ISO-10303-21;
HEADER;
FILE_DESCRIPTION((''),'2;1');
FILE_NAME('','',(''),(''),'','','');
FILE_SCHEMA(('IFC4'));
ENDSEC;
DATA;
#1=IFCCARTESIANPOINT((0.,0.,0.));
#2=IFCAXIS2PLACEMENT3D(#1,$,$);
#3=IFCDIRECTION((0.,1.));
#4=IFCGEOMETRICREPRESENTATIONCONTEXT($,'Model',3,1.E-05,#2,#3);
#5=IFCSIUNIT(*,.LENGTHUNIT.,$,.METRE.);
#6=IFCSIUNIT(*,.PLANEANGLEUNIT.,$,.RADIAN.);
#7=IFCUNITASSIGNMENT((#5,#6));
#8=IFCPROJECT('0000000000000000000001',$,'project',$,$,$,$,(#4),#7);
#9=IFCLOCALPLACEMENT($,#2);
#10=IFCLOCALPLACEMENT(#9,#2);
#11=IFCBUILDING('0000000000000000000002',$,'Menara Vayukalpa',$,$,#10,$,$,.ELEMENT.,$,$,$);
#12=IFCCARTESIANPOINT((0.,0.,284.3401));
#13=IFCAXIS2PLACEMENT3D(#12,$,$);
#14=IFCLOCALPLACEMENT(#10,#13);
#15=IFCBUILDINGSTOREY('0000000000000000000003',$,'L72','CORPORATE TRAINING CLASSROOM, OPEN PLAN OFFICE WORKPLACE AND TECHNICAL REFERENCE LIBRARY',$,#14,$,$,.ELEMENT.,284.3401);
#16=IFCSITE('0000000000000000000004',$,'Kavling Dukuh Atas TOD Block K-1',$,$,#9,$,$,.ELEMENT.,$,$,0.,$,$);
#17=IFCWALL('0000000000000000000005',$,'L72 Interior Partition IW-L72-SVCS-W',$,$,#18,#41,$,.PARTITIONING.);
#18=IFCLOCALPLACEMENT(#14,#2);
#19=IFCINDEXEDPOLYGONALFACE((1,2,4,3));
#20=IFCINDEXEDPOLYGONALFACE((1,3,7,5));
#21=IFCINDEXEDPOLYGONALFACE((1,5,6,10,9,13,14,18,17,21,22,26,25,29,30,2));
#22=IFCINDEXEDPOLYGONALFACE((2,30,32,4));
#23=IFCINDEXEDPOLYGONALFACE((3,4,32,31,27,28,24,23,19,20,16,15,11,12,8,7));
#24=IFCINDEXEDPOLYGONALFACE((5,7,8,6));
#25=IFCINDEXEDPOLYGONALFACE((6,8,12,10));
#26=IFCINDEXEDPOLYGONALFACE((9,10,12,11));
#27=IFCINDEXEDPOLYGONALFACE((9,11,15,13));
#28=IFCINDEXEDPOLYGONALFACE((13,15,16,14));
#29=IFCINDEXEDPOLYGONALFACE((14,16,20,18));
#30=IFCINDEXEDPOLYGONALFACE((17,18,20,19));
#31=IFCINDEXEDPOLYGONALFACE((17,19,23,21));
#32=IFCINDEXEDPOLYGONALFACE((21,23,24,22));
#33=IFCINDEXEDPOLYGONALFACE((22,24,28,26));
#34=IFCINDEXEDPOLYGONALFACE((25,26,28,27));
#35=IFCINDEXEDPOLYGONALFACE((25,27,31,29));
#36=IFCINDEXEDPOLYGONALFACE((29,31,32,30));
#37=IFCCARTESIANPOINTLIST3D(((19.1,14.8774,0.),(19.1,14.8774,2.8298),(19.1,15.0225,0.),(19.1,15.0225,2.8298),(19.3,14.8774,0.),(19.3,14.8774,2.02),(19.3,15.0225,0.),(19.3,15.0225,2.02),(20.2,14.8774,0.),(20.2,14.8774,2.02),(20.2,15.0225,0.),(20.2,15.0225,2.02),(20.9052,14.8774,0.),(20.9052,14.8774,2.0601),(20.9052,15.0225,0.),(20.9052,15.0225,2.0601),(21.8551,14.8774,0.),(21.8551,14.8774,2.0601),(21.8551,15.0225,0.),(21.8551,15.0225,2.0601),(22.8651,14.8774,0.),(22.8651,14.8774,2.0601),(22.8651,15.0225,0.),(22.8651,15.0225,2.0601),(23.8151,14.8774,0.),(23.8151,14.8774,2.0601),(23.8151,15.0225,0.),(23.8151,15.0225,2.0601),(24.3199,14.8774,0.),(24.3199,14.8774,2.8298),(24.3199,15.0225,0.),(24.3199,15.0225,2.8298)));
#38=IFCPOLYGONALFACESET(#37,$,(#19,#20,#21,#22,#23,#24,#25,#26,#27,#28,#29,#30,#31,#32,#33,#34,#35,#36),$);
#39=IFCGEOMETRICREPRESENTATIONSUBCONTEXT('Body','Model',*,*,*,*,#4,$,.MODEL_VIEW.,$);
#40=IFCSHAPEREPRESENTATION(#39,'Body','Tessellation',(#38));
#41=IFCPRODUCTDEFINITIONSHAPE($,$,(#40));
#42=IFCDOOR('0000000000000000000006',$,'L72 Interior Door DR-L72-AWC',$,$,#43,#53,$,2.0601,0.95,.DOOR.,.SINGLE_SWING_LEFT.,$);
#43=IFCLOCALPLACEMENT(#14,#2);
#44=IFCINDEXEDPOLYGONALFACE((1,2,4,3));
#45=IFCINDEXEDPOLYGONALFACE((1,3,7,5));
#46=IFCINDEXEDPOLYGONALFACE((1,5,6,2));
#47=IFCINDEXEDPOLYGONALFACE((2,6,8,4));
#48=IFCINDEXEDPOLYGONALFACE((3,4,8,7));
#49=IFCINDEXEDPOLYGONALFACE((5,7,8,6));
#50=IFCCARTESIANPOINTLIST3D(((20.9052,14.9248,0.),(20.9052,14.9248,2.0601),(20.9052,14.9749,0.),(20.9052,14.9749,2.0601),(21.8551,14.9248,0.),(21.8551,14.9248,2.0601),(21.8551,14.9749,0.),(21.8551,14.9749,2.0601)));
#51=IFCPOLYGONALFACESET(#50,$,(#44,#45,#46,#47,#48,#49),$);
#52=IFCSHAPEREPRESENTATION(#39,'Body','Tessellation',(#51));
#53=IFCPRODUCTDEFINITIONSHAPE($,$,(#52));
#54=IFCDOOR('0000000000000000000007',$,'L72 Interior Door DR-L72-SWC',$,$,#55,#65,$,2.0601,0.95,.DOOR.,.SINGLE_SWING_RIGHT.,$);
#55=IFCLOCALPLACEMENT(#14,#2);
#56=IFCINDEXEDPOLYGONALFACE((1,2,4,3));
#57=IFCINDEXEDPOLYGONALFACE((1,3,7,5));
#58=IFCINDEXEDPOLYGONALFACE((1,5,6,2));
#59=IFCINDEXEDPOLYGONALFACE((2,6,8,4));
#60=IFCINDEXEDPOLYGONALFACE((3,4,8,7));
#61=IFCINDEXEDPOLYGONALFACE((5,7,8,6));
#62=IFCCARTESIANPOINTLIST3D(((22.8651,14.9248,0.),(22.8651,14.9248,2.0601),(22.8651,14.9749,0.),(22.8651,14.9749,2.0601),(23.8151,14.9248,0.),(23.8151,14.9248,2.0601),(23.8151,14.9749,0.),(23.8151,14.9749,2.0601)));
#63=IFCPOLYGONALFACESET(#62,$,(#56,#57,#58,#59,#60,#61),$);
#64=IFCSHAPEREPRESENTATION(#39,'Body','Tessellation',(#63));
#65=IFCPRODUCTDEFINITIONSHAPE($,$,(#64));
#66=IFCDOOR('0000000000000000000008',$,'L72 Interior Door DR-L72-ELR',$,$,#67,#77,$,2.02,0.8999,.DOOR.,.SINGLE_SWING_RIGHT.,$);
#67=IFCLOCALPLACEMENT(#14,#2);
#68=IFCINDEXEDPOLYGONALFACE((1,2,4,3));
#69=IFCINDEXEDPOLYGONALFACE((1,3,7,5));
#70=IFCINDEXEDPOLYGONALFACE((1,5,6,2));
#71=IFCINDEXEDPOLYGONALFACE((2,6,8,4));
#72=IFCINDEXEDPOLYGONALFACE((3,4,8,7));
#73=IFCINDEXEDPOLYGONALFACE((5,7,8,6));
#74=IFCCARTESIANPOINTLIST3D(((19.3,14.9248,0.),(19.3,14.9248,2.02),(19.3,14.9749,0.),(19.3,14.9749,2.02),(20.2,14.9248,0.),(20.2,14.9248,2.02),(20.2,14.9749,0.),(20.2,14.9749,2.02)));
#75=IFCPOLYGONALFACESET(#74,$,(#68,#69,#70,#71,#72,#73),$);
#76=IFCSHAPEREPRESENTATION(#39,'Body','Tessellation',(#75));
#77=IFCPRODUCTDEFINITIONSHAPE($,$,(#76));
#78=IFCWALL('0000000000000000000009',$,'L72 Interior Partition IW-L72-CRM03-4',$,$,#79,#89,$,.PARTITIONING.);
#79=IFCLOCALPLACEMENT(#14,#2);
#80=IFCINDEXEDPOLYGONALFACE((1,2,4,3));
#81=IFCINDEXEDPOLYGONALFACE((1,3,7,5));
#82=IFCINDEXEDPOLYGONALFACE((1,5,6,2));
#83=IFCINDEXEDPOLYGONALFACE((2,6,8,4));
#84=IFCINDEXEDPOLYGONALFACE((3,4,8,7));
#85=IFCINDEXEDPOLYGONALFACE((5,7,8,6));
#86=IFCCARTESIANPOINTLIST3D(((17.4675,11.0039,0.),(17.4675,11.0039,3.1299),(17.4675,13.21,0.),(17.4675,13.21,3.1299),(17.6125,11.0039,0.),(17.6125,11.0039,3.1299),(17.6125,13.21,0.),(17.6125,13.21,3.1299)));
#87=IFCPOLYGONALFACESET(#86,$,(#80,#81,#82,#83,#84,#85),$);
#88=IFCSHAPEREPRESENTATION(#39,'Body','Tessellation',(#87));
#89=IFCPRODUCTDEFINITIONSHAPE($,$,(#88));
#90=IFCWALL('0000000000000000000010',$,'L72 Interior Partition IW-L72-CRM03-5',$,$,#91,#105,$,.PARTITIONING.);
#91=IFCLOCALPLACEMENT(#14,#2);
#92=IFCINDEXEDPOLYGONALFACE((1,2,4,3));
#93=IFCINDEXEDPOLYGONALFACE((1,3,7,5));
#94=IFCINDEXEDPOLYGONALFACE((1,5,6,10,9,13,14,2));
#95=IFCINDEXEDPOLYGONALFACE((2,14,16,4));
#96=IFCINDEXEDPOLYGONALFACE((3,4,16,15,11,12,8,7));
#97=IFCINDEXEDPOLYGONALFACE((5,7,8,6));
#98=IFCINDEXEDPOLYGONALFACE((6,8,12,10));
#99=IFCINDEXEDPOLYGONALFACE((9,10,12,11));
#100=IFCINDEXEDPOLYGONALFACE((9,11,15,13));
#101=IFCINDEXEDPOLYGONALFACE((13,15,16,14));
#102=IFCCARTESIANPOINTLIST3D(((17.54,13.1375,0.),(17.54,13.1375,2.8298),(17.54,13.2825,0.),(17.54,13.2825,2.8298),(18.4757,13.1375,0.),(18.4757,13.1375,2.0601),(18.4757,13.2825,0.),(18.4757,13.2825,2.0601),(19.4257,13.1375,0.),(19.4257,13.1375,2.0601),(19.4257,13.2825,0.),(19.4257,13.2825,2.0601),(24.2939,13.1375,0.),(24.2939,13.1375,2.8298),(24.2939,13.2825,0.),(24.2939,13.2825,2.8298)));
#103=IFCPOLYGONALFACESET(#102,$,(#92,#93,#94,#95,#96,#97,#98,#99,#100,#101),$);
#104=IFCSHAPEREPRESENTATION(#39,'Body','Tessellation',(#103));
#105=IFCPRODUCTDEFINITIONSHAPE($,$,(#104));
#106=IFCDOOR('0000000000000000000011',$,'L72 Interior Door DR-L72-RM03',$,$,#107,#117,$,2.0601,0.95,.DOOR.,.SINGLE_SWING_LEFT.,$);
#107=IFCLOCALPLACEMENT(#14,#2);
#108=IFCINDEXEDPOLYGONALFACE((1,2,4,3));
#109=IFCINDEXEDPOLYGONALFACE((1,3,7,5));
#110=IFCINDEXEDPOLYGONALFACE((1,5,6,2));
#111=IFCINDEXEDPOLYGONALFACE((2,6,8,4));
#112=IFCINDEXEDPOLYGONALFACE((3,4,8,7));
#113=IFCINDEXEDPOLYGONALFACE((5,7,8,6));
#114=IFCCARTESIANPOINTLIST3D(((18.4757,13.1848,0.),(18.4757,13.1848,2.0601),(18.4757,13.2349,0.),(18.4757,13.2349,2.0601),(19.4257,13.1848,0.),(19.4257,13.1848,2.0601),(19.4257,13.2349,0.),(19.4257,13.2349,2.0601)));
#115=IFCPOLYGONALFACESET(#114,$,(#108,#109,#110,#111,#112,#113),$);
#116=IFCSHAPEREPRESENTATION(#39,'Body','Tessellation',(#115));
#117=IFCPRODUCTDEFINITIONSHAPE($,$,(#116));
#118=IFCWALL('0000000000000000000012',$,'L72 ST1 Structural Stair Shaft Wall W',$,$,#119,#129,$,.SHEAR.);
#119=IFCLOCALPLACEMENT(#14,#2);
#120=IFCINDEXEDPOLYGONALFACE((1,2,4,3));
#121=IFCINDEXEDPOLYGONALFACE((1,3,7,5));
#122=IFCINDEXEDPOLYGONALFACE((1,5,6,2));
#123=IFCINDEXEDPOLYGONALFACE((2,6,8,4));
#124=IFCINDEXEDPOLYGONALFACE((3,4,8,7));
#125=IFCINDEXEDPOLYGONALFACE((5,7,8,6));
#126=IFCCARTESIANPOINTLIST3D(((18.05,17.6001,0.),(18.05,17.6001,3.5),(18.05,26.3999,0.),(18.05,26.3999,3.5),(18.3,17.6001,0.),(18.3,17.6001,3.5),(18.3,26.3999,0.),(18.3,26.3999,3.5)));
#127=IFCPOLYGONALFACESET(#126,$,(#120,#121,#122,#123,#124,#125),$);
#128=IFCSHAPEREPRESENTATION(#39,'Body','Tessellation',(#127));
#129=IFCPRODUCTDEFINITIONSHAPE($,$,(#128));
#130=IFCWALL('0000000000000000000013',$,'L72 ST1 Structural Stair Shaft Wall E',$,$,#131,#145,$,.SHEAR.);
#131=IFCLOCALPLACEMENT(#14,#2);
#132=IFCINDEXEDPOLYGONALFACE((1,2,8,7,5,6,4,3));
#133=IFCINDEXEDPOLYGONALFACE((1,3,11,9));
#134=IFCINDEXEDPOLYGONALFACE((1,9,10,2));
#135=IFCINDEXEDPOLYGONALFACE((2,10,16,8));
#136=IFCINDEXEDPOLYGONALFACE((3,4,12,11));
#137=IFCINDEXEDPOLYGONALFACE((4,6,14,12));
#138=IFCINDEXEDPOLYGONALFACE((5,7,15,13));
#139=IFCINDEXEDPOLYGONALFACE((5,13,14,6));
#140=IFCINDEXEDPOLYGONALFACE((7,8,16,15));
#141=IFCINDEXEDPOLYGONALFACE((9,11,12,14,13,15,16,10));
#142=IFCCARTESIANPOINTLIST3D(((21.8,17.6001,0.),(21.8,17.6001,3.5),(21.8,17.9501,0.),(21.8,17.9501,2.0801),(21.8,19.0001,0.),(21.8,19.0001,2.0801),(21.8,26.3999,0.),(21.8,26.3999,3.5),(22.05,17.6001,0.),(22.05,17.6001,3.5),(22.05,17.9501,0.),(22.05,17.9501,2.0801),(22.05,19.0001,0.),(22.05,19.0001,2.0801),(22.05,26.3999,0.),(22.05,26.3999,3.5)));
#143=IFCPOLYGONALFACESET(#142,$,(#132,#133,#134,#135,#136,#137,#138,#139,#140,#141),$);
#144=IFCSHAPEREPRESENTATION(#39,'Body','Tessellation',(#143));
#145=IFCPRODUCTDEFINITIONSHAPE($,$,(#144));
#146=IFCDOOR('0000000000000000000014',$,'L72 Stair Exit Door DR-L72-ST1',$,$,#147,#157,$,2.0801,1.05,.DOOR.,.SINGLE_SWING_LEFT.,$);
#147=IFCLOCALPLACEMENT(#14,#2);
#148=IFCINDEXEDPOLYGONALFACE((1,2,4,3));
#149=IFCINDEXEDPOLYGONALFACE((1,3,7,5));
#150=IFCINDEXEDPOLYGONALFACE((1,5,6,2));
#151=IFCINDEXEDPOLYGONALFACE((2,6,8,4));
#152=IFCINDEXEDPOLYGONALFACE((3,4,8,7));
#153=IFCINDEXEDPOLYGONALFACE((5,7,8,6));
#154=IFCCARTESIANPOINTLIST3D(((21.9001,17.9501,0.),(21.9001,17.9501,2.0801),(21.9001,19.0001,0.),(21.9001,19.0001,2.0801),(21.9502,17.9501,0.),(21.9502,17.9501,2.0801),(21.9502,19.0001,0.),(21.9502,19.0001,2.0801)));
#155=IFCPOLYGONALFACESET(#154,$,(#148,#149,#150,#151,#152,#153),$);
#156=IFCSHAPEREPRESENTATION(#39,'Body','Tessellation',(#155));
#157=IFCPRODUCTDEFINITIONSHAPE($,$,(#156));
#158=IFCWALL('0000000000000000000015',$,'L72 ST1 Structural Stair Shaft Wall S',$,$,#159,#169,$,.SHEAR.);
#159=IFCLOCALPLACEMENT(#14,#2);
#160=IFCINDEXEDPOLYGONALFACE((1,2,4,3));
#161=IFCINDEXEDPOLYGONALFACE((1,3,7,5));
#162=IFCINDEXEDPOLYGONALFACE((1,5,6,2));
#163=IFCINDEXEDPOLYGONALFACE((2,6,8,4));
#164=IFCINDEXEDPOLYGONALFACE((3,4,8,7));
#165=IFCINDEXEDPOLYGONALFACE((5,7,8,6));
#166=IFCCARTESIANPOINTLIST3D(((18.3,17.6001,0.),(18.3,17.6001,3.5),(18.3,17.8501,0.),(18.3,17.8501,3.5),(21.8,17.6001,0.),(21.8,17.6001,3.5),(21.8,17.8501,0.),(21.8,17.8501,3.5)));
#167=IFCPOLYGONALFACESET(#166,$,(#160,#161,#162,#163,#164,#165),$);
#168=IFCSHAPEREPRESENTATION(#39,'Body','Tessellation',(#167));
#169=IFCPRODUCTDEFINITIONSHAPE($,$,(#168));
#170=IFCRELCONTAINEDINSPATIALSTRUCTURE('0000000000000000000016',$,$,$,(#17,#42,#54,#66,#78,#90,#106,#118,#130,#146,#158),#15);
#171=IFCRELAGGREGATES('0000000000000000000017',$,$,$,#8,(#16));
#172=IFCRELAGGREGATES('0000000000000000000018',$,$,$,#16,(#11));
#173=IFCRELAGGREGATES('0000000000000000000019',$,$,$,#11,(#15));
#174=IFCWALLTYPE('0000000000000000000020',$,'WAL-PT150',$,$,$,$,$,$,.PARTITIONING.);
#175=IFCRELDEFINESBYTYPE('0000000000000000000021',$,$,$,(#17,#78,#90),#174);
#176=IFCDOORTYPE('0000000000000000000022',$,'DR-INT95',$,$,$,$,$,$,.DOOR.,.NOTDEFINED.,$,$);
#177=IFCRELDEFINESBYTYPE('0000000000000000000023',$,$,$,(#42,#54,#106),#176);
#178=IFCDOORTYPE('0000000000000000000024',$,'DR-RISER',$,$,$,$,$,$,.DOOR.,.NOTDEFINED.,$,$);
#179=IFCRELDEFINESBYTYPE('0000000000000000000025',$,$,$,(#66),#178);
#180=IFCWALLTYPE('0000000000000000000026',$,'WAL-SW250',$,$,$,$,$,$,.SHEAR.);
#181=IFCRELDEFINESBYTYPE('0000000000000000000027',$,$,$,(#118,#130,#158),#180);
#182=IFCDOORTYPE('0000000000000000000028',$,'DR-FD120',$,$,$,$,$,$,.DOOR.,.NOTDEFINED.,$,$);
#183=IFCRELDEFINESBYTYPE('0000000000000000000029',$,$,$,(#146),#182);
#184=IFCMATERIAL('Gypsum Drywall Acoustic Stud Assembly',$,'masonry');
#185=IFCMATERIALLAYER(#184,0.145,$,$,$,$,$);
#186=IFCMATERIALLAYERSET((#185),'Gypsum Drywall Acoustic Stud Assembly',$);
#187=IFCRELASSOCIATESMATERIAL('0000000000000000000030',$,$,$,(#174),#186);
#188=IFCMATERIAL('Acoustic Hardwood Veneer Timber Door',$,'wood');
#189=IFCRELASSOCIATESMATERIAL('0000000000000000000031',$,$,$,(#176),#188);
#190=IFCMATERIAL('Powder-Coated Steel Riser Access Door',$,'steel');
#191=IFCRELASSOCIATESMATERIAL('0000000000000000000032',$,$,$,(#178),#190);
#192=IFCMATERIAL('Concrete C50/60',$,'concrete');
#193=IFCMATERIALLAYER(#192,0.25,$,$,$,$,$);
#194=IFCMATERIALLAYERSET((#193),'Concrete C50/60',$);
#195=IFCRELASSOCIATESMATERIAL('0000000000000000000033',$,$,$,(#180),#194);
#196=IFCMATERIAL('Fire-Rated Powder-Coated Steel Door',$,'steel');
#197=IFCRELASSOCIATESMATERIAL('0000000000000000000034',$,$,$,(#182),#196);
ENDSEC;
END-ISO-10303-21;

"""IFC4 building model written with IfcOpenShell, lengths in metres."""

from ifc_helpers import new_model, si_unit, direction, frame, frame_2d, origin, place, context, subcontext, project, spatial, rectangle, extrude, material, layer, layer_set, type_object, element, fill, save


model = new_model("IFC4")

# Units and contexts
model_context = context("Model", 3, precision=1e-05, world=origin(), true_north=direction((0.0, 1.0)))
body_context = subcontext(model_context, "Body", "Model", "MODEL_VIEW")
ifc_project = project(units=[si_unit("LENGTHUNIT", "METRE"), si_unit("PLANEANGLEUNIT", "RADIAN")], contexts=[model_context])

# Site, building, storey
site_placement = place(None, origin())
site = spatial("IfcSite", under=ifc_project, at=site_placement, Name="Kavling Dukuh Atas TOD Block K-1", CompositionType="ELEMENT", RefElevation=0.0)
building_placement = place(site_placement, origin())
building = spatial("IfcBuilding", under=site, at=building_placement, Name="Menara Vayukalpa", CompositionType="ELEMENT")
storey_placement = place(building_placement, frame((0.0, 0.0, 284.3401)))
storey = spatial("IfcBuildingStorey", under=building, at=storey_placement, Name="L72", Description="CORPORATE TRAINING CLASSROOM, OPEN PLAN OFFICE WORKPLACE AND TECHNICAL REFERENCE LIBRARY", CompositionType="ELEMENT", Elevation=284.3401)

# Wall, openings, doors
ifc_material_1 = material(Name="Gypsum Drywall Acoustic Stud Assembly", Category="masonry")
ifc_layer_1 = layer(ifc_material_1, 0.145)
ifc_layer_set_1 = layer_set([ifc_layer_1], Name="Gypsum Drywall Acoustic Stud Assembly")
wall_type_1 = type_object("IfcWallType", Name="WAL-PT150", PredefinedType="PARTITIONING", material=ifc_layer_set_1)
wall_1_placement = place(storey_placement, frame((19.1001, 14.95, 0.0), z_axis=(0.0, 0.0, 1.0), x_axis=(1.0, 0.0, 0.0)))
wall_1 = element("IfcWall", 1, at=wall_1_placement, inside=storey, type_object=wall_type_1, Name="L72 Interior Partition IW-L72-SVCS-W", PredefinedType="PARTITIONING", context=body_context, shape_type="SweptSolid", body=[
    extrude(rectangle(XDim=5.22, YDim=0.145, at=frame_2d((2.6099, 0.0))), origin(), (0.0, 0.0, 1.0), 2.8298),
])
opening_1_placement = place(wall_1_placement, frame((0.2, 0.0, 0.0)))
opening_1 = element("IfcOpeningElement", 2, at=opening_1_placement, cuts=wall_1, PredefinedType="OPENING", context=body_context, shape_type="SweptSolid", body=[
    extrude(rectangle(XDim=0.8999, YDim=2.02, at=frame_2d((0.45, 1.01))), frame((0.0, 0.0825, 0.0), z_axis=(0.0, -1.0, 0.0), x_axis=(1.0, 0.0, 0.0)), (0.0, 0.0, 1.0), 0.165),
])
opening_2_placement = place(wall_1_placement, frame((1.8049, 0.0, 0.0)))
opening_2 = element("IfcOpeningElement", 3, at=opening_2_placement, cuts=wall_1, PredefinedType="OPENING", context=body_context, shape_type="SweptSolid", body=[
    extrude(rectangle(XDim=0.95, YDim=2.0601, at=frame_2d((0.4751, 1.03))), frame((0.0, 0.0825, 0.0), z_axis=(0.0, -1.0, 0.0), x_axis=(1.0, 0.0, 0.0)), (0.0, 0.0, 1.0), 0.165),
])
opening_3_placement = place(wall_1_placement, frame((3.7649, 0.0, 0.0)))
opening_3 = element("IfcOpeningElement", 4, at=opening_3_placement, cuts=wall_1, PredefinedType="OPENING", context=body_context, shape_type="SweptSolid", body=[
    extrude(rectangle(XDim=0.95, YDim=2.0601, at=frame_2d((0.4751, 1.03))), frame((0.0, 0.0825, 0.0), z_axis=(0.0, -1.0, 0.0), x_axis=(1.0, 0.0, 0.0)), (0.0, 0.0, 1.0), 0.165),
])
ifc_material_2 = material(Name="Acoustic Hardwood Veneer Timber Door", Category="wood")
door_type_1 = type_object("IfcDoorType", Name="DR-INT95", OperationType="NOTDEFINED", PredefinedType="DOOR", material=ifc_material_2)
door_1_placement = place(opening_2_placement, origin())
door_1 = element("IfcDoor", 5, at=door_1_placement, inside=storey, type_object=door_type_1, Name="L72 Interior Door DR-L72-AWC", OperationType="SINGLE_SWING_LEFT", OverallHeight=2.0601, OverallWidth=0.95, PredefinedType="DOOR", context=body_context, shape_type="SweptSolid", body=[
    extrude(rectangle(XDim=0.95, YDim=2.0601, at=frame_2d((0.4751, 1.03))), frame((0.0, 0.0249, 0.0), z_axis=(0.0, -1.0, 0.0), x_axis=(1.0, 0.0, 0.0)), (0.0, 0.0, 1.0), 0.05),
])
fill(opening_2, door_1)
door_2_placement = place(opening_3_placement, origin())
door_2 = element("IfcDoor", 6, at=door_2_placement, inside=storey, type_object=door_type_1, Name="L72 Interior Door DR-L72-SWC", OperationType="SINGLE_SWING_RIGHT", OverallHeight=2.0601, OverallWidth=0.95, PredefinedType="DOOR", context=body_context, shape_type="SweptSolid", body=[
    extrude(rectangle(XDim=0.95, YDim=2.0601, at=frame_2d((0.4751, 1.03))), frame((0.0, 0.0249, 0.0), z_axis=(0.0, -1.0, 0.0), x_axis=(1.0, 0.0, 0.0)), (0.0, 0.0, 1.0), 0.05),
])
fill(opening_3, door_2)
ifc_material_3 = material(Name="Powder-Coated Steel Riser Access Door", Category="steel")
door_type_2 = type_object("IfcDoorType", Name="DR-RISER", OperationType="NOTDEFINED", PredefinedType="DOOR", material=ifc_material_3)
door_3_placement = place(opening_1_placement, origin())
door_3 = element("IfcDoor", 7, at=door_3_placement, inside=storey, type_object=door_type_2, Name="L72 Interior Door DR-L72-ELR", OperationType="SINGLE_SWING_RIGHT", OverallHeight=2.02, OverallWidth=0.8999, PredefinedType="DOOR", context=body_context, shape_type="SweptSolid", body=[
    extrude(rectangle(XDim=0.8999, YDim=2.02, at=frame_2d((0.45, 1.01))), frame((0.0, 0.0249, 0.0), z_axis=(0.0, -1.0, 0.0), x_axis=(1.0, 0.0, 0.0)), (0.0, 0.0, 1.0), 0.05),
])
fill(opening_1, door_3)

# Wall
wall_2_placement = place(storey_placement, frame((17.54, 11.0039, 0.0), z_axis=(0.0, 0.0, 1.0), x_axis=(0.0, 1.0, 0.0)))
element("IfcWall", 8, at=wall_2_placement, inside=storey, type_object=wall_type_1, Name="L72 Interior Partition IW-L72-CRM03-4", PredefinedType="PARTITIONING", context=body_context, shape_type="SweptSolid", body=[
    extrude(rectangle(XDim=2.2061, YDim=0.145, at=frame_2d((1.103, 0.0))), origin(), (0.0, 0.0, 1.0), 3.1299),
])

# Wall, opening, door
wall_3_placement = place(storey_placement, frame((17.54, 13.21, 0.0), z_axis=(0.0, 0.0, 1.0), x_axis=(1.0, 0.0, 0.0)))
wall_3 = element("IfcWall", 9, at=wall_3_placement, inside=storey, type_object=wall_type_1, Name="L72 Interior Partition IW-L72-CRM03-5", PredefinedType="PARTITIONING", context=body_context, shape_type="SweptSolid", body=[
    extrude(rectangle(XDim=6.7539, YDim=0.145, at=frame_2d((3.377, 0.0))), origin(), (0.0, 0.0, 1.0), 2.8298),
])
opening_4_placement = place(wall_3_placement, frame((0.9355, 0.0, 0.0)))
opening_4 = element("IfcOpeningElement", 10, at=opening_4_placement, cuts=wall_3, PredefinedType="OPENING", context=body_context, shape_type="SweptSolid", body=[
    extrude(rectangle(XDim=0.95, YDim=2.0601, at=frame_2d((0.4751, 1.03))), frame((0.0, 0.0825, 0.0), z_axis=(0.0, -1.0, 0.0), x_axis=(1.0, 0.0, 0.0)), (0.0, 0.0, 1.0), 0.165),
])
door_4_placement = place(opening_4_placement, origin())
door_4 = element("IfcDoor", 11, at=door_4_placement, inside=storey, type_object=door_type_1, Name="L72 Interior Door DR-L72-RM03", OperationType="SINGLE_SWING_LEFT", OverallHeight=2.0601, OverallWidth=0.95, PredefinedType="DOOR", context=body_context, shape_type="SweptSolid", body=[
    extrude(rectangle(XDim=0.95, YDim=2.0601, at=frame_2d((0.4751, 1.03))), frame((0.0, 0.0249, 0.0), z_axis=(0.0, -1.0, 0.0), x_axis=(1.0, 0.0, 0.0)), (0.0, 0.0, 1.0), 0.05),
])
fill(opening_4, door_4)

# Wall
ifc_material_4 = material(Name="Concrete C50/60", Category="concrete")
ifc_layer_2 = layer(ifc_material_4, 0.25)
ifc_layer_set_2 = layer_set([ifc_layer_2], Name="Concrete C50/60")
wall_type_2 = type_object("IfcWallType", Name="WAL-SW250", PredefinedType="SHEAR", material=ifc_layer_set_2)
wall_4_placement = place(storey_placement, frame((18.175, 17.6001, 0.0), z_axis=(0.0, 0.0, 1.0), x_axis=(0.0, 1.0, 0.0)))
element("IfcWall", 12, at=wall_4_placement, inside=storey, type_object=wall_type_2, Name="L72 ST1 Structural Stair Shaft Wall W", PredefinedType="SHEAR", context=body_context, shape_type="SweptSolid", body=[
    extrude(rectangle(XDim=8.7998, YDim=0.25, at=frame_2d((4.3999, 0.0))), origin(), (0.0, 0.0, 1.0), 3.5),
])

# Wall, opening, door
wall_5_placement = place(storey_placement, frame((21.925, 17.6001, 0.0), z_axis=(0.0, 0.0, 1.0), x_axis=(0.0, 1.0, 0.0)))
wall_5 = element("IfcWall", 13, at=wall_5_placement, inside=storey, type_object=wall_type_2, Name="L72 ST1 Structural Stair Shaft Wall E", PredefinedType="SHEAR", context=body_context, shape_type="SweptSolid", body=[
    extrude(rectangle(XDim=8.7998, YDim=0.25, at=frame_2d((4.3999, 0.0))), origin(), (0.0, 0.0, 1.0), 3.5),
])
opening_5_placement = place(wall_5_placement, frame((0.3501, 0.0, 0.0)))
opening_5 = element("IfcOpeningElement", 14, at=opening_5_placement, cuts=wall_5, PredefinedType="OPENING", context=body_context, shape_type="SweptSolid", body=[
    extrude(rectangle(XDim=1.05, YDim=2.0801, at=frame_2d((0.5249, 1.04))), frame((0.0, 0.135, 0.0), z_axis=(0.0, -1.0, 0.0), x_axis=(1.0, 0.0, 0.0)), (0.0, 0.0, 1.0), 0.27),
])
ifc_material_5 = material(Name="Fire-Rated Powder-Coated Steel Door", Category="steel")
door_type_3 = type_object("IfcDoorType", Name="DR-FD120", OperationType="NOTDEFINED", PredefinedType="DOOR", material=ifc_material_5)
door_5_placement = place(opening_5_placement, origin())
door_5 = element("IfcDoor", 15, at=door_5_placement, inside=storey, type_object=door_type_3, Name="L72 Stair Exit Door DR-L72-ST1", OperationType="SINGLE_SWING_LEFT", OverallHeight=2.0801, OverallWidth=1.05, PredefinedType="DOOR", context=body_context, shape_type="SweptSolid", body=[
    extrude(rectangle(XDim=1.05, YDim=2.0801, at=frame_2d((0.5249, 1.04))), frame((0.0, 0.0249, 0.0), z_axis=(0.0, -1.0, 0.0), x_axis=(1.0, 0.0, 0.0)), (0.0, 0.0, 1.0), 0.05),
])
fill(opening_5, door_5)

# Wall
wall_6_placement = place(storey_placement, frame((18.3, 17.7251, 0.0), z_axis=(0.0, 0.0, 1.0), x_axis=(1.0, 0.0, 0.0)))
element("IfcWall", 16, at=wall_6_placement, inside=storey, type_object=wall_type_2, Name="L72 ST1 Structural Stair Shaft Wall S", PredefinedType="SHEAR", context=body_context, shape_type="SweptSolid", body=[
    extrude(rectangle(XDim=3.5, YDim=0.25, at=frame_2d((1.75, 0.0))), origin(), (0.0, 0.0, 1.0), 3.5),
])

save(model, "model.ifc")
